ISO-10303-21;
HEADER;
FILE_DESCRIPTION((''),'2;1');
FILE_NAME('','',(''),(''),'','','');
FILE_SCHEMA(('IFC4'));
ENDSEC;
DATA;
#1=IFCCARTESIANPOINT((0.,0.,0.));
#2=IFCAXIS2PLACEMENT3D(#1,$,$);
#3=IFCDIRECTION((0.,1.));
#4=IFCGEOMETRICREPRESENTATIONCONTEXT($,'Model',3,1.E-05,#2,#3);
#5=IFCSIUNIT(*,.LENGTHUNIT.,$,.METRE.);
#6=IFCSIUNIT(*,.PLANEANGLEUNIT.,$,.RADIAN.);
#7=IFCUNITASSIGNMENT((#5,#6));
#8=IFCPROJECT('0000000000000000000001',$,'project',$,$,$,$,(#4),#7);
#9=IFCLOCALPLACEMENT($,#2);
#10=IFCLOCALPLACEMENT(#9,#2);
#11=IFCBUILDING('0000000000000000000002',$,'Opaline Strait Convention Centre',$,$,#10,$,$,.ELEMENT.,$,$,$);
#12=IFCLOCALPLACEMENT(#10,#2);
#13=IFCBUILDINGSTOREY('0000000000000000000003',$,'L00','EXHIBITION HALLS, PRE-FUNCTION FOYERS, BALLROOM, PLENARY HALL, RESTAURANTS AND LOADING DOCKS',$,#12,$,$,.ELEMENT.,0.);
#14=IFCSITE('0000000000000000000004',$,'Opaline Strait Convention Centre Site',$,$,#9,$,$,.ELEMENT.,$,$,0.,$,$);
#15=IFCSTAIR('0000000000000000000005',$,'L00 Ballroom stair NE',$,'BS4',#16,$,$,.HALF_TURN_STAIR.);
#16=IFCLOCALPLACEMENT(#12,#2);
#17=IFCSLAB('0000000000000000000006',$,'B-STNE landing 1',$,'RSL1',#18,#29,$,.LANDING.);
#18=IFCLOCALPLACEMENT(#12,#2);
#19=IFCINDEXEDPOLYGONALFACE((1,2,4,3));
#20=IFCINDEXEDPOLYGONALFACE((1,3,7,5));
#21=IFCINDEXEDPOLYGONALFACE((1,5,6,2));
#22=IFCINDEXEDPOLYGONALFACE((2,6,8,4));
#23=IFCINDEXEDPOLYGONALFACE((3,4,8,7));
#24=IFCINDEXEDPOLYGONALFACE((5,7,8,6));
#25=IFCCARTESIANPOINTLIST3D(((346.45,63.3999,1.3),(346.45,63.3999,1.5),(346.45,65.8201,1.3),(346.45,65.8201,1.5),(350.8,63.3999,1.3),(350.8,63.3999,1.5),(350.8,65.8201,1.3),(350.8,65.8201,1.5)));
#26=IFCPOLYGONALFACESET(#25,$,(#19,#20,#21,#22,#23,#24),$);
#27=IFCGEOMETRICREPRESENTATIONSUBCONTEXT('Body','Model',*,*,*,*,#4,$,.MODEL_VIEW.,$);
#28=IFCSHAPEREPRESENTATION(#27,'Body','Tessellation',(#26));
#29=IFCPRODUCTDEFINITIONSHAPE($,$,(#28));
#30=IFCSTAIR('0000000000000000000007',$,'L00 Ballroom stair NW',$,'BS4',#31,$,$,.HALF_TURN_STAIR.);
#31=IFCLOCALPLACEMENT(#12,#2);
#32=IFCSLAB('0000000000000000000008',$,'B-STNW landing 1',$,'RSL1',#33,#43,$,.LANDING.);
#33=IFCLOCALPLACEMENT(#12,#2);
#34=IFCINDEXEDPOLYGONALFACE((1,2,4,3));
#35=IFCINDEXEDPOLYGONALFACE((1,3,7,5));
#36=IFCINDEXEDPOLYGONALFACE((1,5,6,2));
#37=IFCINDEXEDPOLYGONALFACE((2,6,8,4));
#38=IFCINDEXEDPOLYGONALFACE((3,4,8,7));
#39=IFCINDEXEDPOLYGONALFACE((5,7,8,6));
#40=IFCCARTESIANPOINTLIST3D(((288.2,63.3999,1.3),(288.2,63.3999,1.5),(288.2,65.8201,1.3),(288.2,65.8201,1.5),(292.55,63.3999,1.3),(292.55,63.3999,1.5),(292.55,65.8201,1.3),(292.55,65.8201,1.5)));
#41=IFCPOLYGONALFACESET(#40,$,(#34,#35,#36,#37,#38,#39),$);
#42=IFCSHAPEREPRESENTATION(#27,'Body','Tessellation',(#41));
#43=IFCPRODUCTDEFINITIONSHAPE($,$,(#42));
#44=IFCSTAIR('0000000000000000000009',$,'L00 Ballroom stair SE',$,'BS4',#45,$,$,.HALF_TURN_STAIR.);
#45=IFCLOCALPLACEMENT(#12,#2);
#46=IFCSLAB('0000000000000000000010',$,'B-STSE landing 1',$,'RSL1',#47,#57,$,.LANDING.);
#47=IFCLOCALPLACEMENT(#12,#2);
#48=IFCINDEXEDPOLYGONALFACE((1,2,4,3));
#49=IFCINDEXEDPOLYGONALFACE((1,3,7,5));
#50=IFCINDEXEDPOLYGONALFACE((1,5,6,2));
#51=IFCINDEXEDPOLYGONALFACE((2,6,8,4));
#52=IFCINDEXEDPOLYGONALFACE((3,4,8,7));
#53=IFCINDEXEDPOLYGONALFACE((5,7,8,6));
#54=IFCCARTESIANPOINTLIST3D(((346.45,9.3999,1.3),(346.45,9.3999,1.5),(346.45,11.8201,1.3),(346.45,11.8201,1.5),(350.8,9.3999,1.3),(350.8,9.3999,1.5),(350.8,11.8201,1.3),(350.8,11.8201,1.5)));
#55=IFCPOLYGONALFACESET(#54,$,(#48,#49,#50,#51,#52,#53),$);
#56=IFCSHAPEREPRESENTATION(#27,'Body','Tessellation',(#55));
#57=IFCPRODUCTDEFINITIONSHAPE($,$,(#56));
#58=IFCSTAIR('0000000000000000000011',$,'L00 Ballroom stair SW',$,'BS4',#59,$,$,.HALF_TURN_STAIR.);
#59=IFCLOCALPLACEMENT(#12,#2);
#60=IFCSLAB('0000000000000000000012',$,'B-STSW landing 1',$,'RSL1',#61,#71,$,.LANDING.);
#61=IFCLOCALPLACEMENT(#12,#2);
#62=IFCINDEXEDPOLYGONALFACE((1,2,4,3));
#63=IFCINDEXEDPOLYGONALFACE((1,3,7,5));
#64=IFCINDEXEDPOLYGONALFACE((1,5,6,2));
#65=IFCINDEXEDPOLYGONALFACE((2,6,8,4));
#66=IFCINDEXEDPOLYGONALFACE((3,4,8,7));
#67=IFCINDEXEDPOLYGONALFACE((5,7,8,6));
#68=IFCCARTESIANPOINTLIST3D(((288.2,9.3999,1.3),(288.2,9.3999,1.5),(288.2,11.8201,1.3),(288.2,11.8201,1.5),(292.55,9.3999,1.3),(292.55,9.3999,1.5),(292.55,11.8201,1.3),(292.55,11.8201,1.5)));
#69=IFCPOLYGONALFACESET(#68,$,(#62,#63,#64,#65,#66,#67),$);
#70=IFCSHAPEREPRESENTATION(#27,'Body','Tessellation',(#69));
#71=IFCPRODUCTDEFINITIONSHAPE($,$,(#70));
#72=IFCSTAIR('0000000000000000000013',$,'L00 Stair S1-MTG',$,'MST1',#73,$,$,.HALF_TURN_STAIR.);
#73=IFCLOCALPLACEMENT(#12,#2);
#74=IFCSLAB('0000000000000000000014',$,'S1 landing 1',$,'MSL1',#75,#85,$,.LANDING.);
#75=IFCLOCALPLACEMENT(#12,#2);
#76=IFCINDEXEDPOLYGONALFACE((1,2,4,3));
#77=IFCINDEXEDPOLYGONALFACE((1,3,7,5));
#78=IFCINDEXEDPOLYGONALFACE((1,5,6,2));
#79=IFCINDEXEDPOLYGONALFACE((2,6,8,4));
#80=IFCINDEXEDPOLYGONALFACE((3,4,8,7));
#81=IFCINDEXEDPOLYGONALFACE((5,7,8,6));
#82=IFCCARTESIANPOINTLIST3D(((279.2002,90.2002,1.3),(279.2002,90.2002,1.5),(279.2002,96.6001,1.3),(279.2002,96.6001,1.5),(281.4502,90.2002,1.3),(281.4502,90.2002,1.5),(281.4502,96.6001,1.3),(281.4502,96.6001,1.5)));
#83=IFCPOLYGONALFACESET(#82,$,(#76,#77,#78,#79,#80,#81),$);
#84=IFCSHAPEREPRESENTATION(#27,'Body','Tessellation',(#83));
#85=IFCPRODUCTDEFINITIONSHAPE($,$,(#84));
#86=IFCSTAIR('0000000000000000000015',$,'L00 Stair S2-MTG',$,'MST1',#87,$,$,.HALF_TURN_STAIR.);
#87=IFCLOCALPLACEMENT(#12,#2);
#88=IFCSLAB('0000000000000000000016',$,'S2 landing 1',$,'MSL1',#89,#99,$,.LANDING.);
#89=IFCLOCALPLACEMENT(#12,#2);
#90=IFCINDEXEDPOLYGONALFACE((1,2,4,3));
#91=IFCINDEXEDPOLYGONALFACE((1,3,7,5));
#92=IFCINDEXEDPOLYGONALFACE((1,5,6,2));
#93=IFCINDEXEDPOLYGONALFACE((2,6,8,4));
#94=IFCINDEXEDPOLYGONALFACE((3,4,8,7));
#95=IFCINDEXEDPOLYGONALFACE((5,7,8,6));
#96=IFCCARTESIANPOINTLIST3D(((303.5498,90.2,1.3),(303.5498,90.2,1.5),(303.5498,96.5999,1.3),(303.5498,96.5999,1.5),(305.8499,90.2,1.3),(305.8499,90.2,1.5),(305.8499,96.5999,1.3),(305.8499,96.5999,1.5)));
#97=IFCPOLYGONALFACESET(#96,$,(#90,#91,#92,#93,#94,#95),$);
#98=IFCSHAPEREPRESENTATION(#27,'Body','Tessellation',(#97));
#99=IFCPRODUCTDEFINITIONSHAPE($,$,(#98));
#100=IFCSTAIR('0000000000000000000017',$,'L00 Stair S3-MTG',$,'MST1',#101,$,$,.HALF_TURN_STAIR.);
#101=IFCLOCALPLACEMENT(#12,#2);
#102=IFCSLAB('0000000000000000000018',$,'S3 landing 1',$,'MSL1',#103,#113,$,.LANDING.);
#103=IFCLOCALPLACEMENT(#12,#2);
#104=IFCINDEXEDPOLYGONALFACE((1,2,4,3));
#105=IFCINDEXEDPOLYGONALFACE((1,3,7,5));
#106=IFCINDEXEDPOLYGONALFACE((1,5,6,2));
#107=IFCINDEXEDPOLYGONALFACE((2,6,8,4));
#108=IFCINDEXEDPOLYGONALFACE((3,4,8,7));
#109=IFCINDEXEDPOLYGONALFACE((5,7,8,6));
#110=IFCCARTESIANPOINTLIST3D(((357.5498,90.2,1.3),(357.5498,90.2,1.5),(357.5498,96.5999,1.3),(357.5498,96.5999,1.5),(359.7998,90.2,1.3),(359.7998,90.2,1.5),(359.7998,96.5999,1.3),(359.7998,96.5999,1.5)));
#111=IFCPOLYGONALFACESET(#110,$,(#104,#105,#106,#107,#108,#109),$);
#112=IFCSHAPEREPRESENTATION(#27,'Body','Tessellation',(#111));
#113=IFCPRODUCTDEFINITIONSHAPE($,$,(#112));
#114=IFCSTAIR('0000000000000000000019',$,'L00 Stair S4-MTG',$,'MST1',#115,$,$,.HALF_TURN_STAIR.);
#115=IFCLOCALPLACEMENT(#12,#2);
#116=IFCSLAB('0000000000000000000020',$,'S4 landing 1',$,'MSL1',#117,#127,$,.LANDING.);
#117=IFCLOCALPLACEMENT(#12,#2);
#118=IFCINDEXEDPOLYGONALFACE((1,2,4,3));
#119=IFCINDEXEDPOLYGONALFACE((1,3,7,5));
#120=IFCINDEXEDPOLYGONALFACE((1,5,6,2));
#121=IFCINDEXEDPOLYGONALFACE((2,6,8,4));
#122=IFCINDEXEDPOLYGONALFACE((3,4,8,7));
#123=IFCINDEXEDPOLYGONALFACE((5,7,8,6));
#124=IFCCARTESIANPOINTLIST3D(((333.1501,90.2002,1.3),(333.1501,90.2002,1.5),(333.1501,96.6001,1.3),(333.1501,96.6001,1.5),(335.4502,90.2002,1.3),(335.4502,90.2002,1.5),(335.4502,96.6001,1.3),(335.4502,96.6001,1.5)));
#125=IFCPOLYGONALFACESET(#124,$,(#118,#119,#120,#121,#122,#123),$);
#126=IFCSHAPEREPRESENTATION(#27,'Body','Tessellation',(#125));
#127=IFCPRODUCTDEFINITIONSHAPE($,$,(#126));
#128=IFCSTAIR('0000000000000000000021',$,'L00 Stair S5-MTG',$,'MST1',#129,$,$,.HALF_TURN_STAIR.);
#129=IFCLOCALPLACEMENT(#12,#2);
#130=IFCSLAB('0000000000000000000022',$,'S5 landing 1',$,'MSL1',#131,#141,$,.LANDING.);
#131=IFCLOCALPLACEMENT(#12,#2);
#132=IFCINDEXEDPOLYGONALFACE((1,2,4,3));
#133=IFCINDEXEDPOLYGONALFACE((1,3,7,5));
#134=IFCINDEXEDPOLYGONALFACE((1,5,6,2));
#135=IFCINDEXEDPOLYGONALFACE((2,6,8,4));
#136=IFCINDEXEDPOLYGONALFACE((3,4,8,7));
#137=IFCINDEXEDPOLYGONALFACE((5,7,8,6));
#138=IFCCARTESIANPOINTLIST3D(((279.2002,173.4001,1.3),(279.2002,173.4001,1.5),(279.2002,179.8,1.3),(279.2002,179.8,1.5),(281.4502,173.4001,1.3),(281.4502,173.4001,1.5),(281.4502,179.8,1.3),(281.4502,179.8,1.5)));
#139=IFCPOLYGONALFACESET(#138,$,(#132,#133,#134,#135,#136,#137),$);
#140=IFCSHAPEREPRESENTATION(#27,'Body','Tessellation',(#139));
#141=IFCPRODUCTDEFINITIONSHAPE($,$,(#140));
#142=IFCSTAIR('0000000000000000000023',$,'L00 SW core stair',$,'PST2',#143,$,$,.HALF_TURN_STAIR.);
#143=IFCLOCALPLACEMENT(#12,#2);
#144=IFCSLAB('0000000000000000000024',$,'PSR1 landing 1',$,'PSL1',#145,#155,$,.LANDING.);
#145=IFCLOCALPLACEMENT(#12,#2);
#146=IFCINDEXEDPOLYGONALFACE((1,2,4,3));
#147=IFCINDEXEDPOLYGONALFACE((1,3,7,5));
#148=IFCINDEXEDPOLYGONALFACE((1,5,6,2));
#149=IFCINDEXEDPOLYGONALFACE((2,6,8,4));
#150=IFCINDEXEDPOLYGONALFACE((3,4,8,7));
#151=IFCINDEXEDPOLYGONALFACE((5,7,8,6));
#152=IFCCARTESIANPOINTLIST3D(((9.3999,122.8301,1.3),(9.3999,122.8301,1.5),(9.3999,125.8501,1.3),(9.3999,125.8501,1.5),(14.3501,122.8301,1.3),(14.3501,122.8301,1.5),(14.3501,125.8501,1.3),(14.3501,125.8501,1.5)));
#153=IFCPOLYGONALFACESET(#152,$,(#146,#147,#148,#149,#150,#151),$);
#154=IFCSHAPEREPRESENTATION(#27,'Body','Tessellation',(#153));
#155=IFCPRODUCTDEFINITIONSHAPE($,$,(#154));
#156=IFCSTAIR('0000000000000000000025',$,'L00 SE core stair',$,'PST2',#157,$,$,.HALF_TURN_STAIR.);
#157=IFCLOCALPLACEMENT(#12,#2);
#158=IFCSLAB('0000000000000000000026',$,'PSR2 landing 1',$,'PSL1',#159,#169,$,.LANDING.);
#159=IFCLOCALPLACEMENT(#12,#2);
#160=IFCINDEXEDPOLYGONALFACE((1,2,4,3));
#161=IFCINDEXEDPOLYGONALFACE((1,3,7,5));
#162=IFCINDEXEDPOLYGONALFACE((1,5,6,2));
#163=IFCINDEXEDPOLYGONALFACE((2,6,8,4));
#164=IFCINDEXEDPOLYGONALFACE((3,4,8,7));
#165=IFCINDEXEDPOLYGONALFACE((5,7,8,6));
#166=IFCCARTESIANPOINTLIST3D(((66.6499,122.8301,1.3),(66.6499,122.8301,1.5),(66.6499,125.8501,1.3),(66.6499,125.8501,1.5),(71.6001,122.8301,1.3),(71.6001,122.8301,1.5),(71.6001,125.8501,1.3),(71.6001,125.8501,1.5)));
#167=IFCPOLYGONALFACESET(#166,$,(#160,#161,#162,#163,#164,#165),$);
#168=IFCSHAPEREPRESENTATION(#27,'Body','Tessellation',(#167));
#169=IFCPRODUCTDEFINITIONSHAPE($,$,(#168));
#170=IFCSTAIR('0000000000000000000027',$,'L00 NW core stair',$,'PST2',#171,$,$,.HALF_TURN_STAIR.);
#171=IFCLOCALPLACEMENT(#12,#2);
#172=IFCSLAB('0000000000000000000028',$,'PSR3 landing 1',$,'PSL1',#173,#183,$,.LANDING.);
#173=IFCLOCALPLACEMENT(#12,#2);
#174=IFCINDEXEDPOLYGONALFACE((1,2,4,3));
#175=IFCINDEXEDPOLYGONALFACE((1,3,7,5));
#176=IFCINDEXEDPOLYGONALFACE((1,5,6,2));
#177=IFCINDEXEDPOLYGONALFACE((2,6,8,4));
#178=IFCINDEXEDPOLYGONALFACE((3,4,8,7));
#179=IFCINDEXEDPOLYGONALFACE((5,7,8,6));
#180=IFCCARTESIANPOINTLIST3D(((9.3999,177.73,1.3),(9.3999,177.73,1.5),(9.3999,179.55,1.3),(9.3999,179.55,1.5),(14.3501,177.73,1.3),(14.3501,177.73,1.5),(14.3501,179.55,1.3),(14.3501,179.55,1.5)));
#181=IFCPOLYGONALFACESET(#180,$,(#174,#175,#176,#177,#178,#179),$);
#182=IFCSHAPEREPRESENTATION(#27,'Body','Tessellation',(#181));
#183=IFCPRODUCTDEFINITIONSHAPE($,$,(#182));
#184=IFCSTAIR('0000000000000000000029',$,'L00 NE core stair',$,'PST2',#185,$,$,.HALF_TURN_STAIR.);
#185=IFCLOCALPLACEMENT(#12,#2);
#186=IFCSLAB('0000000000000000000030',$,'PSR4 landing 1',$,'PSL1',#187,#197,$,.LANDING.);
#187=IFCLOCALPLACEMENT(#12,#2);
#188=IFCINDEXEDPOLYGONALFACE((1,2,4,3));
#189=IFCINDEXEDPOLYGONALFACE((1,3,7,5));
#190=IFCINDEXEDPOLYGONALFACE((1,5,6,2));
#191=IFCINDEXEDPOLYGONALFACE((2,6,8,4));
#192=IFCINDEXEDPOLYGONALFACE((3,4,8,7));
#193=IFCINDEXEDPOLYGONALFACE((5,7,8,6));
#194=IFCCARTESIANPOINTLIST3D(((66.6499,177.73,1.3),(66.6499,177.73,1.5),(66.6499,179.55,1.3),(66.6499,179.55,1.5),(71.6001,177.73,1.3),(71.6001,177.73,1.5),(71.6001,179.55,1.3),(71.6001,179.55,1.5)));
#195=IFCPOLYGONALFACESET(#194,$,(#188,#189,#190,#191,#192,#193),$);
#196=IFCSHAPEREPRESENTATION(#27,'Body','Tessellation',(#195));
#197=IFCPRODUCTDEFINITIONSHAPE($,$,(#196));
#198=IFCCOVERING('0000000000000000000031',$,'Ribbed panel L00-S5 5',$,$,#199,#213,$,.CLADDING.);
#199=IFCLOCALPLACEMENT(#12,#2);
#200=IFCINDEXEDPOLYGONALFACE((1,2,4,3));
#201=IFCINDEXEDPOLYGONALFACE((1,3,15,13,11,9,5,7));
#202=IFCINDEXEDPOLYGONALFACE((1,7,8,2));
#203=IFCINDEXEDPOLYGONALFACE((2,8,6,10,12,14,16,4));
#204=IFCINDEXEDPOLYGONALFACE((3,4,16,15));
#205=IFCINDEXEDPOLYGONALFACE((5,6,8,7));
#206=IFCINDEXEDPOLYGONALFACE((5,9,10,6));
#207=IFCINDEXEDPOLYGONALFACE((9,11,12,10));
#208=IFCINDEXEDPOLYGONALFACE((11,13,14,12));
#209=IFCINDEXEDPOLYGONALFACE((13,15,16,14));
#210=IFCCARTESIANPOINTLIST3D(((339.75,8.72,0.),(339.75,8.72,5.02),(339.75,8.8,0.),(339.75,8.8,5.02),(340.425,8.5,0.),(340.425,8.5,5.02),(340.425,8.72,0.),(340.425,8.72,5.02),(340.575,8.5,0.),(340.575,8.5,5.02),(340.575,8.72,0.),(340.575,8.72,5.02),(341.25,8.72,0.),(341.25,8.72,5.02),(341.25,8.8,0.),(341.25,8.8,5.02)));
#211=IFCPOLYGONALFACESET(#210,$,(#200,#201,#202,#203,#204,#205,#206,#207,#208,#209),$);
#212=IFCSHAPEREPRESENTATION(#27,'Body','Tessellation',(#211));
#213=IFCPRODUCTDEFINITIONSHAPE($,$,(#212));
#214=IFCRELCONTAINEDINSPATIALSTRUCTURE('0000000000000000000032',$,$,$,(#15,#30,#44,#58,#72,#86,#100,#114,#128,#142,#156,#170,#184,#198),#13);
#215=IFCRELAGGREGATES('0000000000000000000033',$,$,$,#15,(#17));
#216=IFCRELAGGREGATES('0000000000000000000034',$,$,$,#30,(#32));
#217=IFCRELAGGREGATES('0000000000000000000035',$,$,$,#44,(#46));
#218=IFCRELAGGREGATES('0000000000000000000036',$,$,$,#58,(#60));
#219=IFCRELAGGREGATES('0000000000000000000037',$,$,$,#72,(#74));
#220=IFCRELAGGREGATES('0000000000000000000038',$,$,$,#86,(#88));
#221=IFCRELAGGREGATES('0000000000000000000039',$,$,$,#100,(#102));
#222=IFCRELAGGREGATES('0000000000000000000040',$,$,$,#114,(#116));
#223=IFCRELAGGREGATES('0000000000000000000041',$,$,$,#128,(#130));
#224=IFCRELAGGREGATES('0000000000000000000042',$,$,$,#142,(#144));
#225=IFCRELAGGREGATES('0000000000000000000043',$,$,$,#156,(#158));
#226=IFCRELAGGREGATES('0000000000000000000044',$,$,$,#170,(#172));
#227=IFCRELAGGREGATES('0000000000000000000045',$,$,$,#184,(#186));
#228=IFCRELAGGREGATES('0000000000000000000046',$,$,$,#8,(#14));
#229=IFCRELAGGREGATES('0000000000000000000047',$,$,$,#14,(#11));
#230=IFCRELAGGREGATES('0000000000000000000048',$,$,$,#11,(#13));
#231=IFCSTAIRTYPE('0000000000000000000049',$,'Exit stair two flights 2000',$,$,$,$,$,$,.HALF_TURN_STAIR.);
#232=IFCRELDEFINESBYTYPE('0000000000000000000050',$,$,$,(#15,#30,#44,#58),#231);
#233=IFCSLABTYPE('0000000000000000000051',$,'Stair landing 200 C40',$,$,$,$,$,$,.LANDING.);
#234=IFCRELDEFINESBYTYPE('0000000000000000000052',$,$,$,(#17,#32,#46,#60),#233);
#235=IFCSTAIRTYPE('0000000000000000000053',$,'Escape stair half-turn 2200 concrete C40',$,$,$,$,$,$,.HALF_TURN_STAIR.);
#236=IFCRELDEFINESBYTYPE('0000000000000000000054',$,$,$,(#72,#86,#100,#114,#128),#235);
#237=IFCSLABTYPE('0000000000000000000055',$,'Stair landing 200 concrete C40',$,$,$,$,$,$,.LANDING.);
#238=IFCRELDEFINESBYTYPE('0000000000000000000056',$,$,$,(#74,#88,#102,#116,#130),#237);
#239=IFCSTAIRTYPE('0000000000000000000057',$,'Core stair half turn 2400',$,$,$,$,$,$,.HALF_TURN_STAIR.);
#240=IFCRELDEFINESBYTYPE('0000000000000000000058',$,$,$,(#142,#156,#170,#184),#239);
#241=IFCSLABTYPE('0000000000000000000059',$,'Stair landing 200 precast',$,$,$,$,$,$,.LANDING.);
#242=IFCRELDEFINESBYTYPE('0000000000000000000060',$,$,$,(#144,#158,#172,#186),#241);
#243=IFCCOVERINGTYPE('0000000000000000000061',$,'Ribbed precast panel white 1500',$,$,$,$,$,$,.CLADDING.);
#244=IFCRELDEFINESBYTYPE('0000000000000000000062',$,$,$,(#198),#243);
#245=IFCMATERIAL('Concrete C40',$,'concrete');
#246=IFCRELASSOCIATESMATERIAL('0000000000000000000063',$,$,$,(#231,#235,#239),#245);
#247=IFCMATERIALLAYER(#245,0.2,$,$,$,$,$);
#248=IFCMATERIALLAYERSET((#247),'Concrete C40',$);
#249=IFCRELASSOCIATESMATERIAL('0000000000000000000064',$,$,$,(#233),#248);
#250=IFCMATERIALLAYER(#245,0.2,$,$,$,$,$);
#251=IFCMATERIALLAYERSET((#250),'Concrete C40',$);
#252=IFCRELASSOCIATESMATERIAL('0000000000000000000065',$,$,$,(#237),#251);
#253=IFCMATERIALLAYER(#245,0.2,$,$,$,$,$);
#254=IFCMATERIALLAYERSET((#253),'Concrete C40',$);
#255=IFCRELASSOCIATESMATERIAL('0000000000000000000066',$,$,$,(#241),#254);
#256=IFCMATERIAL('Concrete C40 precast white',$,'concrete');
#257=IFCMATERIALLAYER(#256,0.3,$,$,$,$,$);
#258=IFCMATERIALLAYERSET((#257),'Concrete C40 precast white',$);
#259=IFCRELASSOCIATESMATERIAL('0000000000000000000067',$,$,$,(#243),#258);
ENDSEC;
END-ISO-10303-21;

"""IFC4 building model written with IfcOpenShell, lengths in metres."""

from ifc_helpers import new_model, si_unit, direction, frame, origin, place, context, subcontext, project, spatial, polyline, outline, extrude, material, layer, layer_set, type_object, element, aggregate, save


model = new_model("IFC4")

# Units and contexts
model_context = context("Model", 3, precision=1e-05, world=origin(), true_north=direction((0.0, 1.0)))
body_context = subcontext(model_context, "Body", "Model", "MODEL_VIEW")
ifc_project = project(units=[si_unit("LENGTHUNIT", "METRE"), si_unit("PLANEANGLEUNIT", "RADIAN")], contexts=[model_context])

# Site, building, storey
site_placement = place(None, origin())
site = spatial("IfcSite", under=ifc_project, at=site_placement, Name="Opaline Strait Convention Centre Site", CompositionType="ELEMENT", RefElevation=0.0)
building_placement = place(site_placement, origin())
building = spatial("IfcBuilding", under=site, at=building_placement, Name="Opaline Strait Convention Centre", CompositionType="ELEMENT")
storey_placement = place(building_placement, origin())
storey = spatial("IfcBuildingStorey", under=building, at=storey_placement, Name="L00", Description="EXHIBITION HALLS, PRE-FUNCTION FOYERS, BALLROOM, PLENARY HALL, RESTAURANTS AND LOADING DOCKS", CompositionType="ELEMENT", Elevation=0.0)

# Stairs, slabs
ifc_material_1 = material(Name="Concrete C40", Category="concrete")
stair_type_1 = type_object("IfcStairType", Name="Exit stair two flights 2000", PredefinedType="HALF_TURN_STAIR", material=ifc_material_1)
stair_1_placement = place(storey_placement, origin())
stair_1 = element("IfcStair", 1, at=stair_1_placement, inside=storey, type_object=stair_type_1, Name="L00 Ballroom stair NE", ObjectType="BS4", PredefinedType="HALF_TURN_STAIR")
ifc_layer_1 = layer(ifc_material_1, 0.2)
ifc_layer_set_1 = layer_set([ifc_layer_1], Name="Concrete C40")
slab_type_1 = type_object("IfcSlabType", Name="Stair landing 200 C40", PredefinedType="LANDING", material=ifc_layer_set_1)
slab_1_placement = place(storey_placement, frame((0.0, 0.0, 1.3)))
slab_1 = element("IfcSlab", 2, at=slab_1_placement, type_object=slab_type_1, Name="B-STNE landing 1", ObjectType="RSL1", PredefinedType="LANDING", context=body_context, shape_type="SweptSolid", body=[
    extrude(outline(polyline([(346.45, 65.8201), (346.45, 63.3999), (350.8, 63.3999), (350.8, 65.8201), (346.45, 65.8201)])), origin(), (0.0, 0.0, 1.0), 0.2),
])
aggregate(stair_1, [slab_1])
stair_2_placement = place(storey_placement, origin())
stair_2 = element("IfcStair", 3, at=stair_2_placement, inside=storey, type_object=stair_type_1, Name="L00 Ballroom stair NW", ObjectType="BS4", PredefinedType="HALF_TURN_STAIR")
slab_2_placement = place(storey_placement, frame((0.0, 0.0, 1.3)))
slab_2 = element("IfcSlab", 4, at=slab_2_placement, type_object=slab_type_1, Name="B-STNW landing 1", ObjectType="RSL1", PredefinedType="LANDING", context=body_context, shape_type="SweptSolid", body=[
    extrude(outline(polyline([(288.2, 65.8201), (288.2, 63.3999), (292.55, 63.3999), (292.55, 65.8201), (288.2, 65.8201)])), origin(), (0.0, 0.0, 1.0), 0.2),
])
aggregate(stair_2, [slab_2])
stair_3_placement = place(storey_placement, origin())
stair_3 = element("IfcStair", 5, at=stair_3_placement, inside=storey, type_object=stair_type_1, Name="L00 Ballroom stair SE", ObjectType="BS4", PredefinedType="HALF_TURN_STAIR")
slab_3_placement = place(storey_placement, frame((0.0, 0.0, 1.3)))
slab_3 = element("IfcSlab", 6, at=slab_3_placement, type_object=slab_type_1, Name="B-STSE landing 1", ObjectType="RSL1", PredefinedType="LANDING", context=body_context, shape_type="SweptSolid", body=[
    extrude(outline(polyline([(346.45, 11.8201), (346.45, 9.3999), (350.8, 9.3999), (350.8, 11.8201), (346.45, 11.8201)])), origin(), (0.0, 0.0, 1.0), 0.2),
])
aggregate(stair_3, [slab_3])
stair_4_placement = place(storey_placement, origin())
stair_4 = element("IfcStair", 7, at=stair_4_placement, inside=storey, type_object=stair_type_1, Name="L00 Ballroom stair SW", ObjectType="BS4", PredefinedType="HALF_TURN_STAIR")
slab_4_placement = place(storey_placement, frame((0.0, 0.0, 1.3)))
slab_4 = element("IfcSlab", 8, at=slab_4_placement, type_object=slab_type_1, Name="B-STSW landing 1", ObjectType="RSL1", PredefinedType="LANDING", context=body_context, shape_type="SweptSolid", body=[
    extrude(outline(polyline([(288.2, 11.8201), (288.2, 9.3999), (292.55, 9.3999), (292.55, 11.8201), (288.2, 11.8201)])), origin(), (0.0, 0.0, 1.0), 0.2),
])
aggregate(stair_4, [slab_4])
stair_type_2 = type_object("IfcStairType", Name="Escape stair half-turn 2200 concrete C40", PredefinedType="HALF_TURN_STAIR", material=ifc_material_1)
stair_5_placement = place(storey_placement, origin())
stair_5 = element("IfcStair", 9, at=stair_5_placement, inside=storey, type_object=stair_type_2, Name="L00 Stair S1-MTG", ObjectType="MST1", PredefinedType="HALF_TURN_STAIR")
ifc_layer_2 = layer(ifc_material_1, 0.2)
ifc_layer_set_2 = layer_set([ifc_layer_2], Name="Concrete C40")
slab_type_2 = type_object("IfcSlabType", Name="Stair landing 200 concrete C40", PredefinedType="LANDING", material=ifc_layer_set_2)
slab_5_placement = place(storey_placement, frame((0.0, 0.0, 1.3)))
slab_5 = element("IfcSlab", 10, at=slab_5_placement, type_object=slab_type_2, Name="S1 landing 1", ObjectType="MSL1", PredefinedType="LANDING", context=body_context, shape_type="SweptSolid", body=[
    extrude(outline(polyline([(281.4502, 96.6001), (279.2002, 96.6001), (279.2002, 90.2002), (281.4502, 90.2002), (281.4502, 96.6001)])), origin(), (0.0, 0.0, 1.0), 0.2),
])
aggregate(stair_5, [slab_5])
stair_6_placement = place(storey_placement, origin())
stair_6 = element("IfcStair", 11, at=stair_6_placement, inside=storey, type_object=stair_type_2, Name="L00 Stair S2-MTG", ObjectType="MST1", PredefinedType="HALF_TURN_STAIR")
slab_6_placement = place(storey_placement, frame((0.0, 0.0, 1.3)))
slab_6 = element("IfcSlab", 12, at=slab_6_placement, type_object=slab_type_2, Name="S2 landing 1", ObjectType="MSL1", PredefinedType="LANDING", context=body_context, shape_type="SweptSolid", body=[
    extrude(outline(polyline([(303.5498, 90.2), (305.8499, 90.2), (305.8499, 96.5999), (303.5498, 96.5999), (303.5498, 90.2)])), origin(), (0.0, 0.0, 1.0), 0.2),
])
aggregate(stair_6, [slab_6])
stair_7_placement = place(storey_placement, origin())
stair_7 = element("IfcStair", 13, at=stair_7_placement, inside=storey, type_object=stair_type_2, Name="L00 Stair S3-MTG", ObjectType="MST1", PredefinedType="HALF_TURN_STAIR")
slab_7_placement = place(storey_placement, frame((0.0, 0.0, 1.3)))
slab_7 = element("IfcSlab", 14, at=slab_7_placement, type_object=slab_type_2, Name="S3 landing 1", ObjectType="MSL1", PredefinedType="LANDING", context=body_context, shape_type="SweptSolid", body=[
    extrude(outline(polyline([(357.5498, 90.2), (359.7998, 90.2), (359.7998, 96.5999), (357.5498, 96.5999), (357.5498, 90.2)])), origin(), (0.0, 0.0, 1.0), 0.2),
])
aggregate(stair_7, [slab_7])
stair_8_placement = place(storey_placement, origin())
stair_8 = element("IfcStair", 15, at=stair_8_placement, inside=storey, type_object=stair_type_2, Name="L00 Stair S4-MTG", ObjectType="MST1", PredefinedType="HALF_TURN_STAIR")
slab_8_placement = place(storey_placement, frame((0.0, 0.0, 1.3)))
slab_8 = element("IfcSlab", 16, at=slab_8_placement, type_object=slab_type_2, Name="S4 landing 1", ObjectType="MSL1", PredefinedType="LANDING", context=body_context, shape_type="SweptSolid", body=[
    extrude(outline(polyline([(335.4502, 96.6001), (333.1501, 96.6001), (333.1501, 90.2002), (335.4502, 90.2002), (335.4502, 96.6001)])), origin(), (0.0, 0.0, 1.0), 0.2),
])
aggregate(stair_8, [slab_8])
stair_9_placement = place(storey_placement, origin())
stair_9 = element("IfcStair", 17, at=stair_9_placement, inside=storey, type_object=stair_type_2, Name="L00 Stair S5-MTG", ObjectType="MST1", PredefinedType="HALF_TURN_STAIR")
slab_9_placement = place(storey_placement, frame((0.0, 0.0, 1.3)))
slab_9 = element("IfcSlab", 18, at=slab_9_placement, type_object=slab_type_2, Name="S5 landing 1", ObjectType="MSL1", PredefinedType="LANDING", context=body_context, shape_type="SweptSolid", body=[
    extrude(outline(polyline([(281.4502, 179.8), (279.2002, 179.8), (279.2002, 173.4001), (281.4502, 173.4001), (281.4502, 179.8)])), origin(), (0.0, 0.0, 1.0), 0.2),
])
aggregate(stair_9, [slab_9])
stair_type_3 = type_object("IfcStairType", Name="Core stair half turn 2400", PredefinedType="HALF_TURN_STAIR", material=ifc_material_1)
stair_10_placement = place(storey_placement, origin())
stair_10 = element("IfcStair", 19, at=stair_10_placement, inside=storey, type_object=stair_type_3, Name="L00 SW core stair", ObjectType="PST2", PredefinedType="HALF_TURN_STAIR")
ifc_layer_3 = layer(ifc_material_1, 0.2)
ifc_layer_set_3 = layer_set([ifc_layer_3], Name="Concrete C40")
slab_type_3 = type_object("IfcSlabType", Name="Stair landing 200 precast", PredefinedType="LANDING", material=ifc_layer_set_3)
slab_10_placement = place(storey_placement, frame((0.0, 0.0, 1.3)))
slab_10 = element("IfcSlab", 20, at=slab_10_placement, type_object=slab_type_3, Name="PSR1 landing 1", ObjectType="PSL1", PredefinedType="LANDING", context=body_context, shape_type="SweptSolid", body=[
    extrude(outline(polyline([(14.3501, 122.8301), (14.3501, 125.8501), (9.3999, 125.8501), (9.3999, 122.8301), (14.3501, 122.8301)])), origin(), (0.0, 0.0, 1.0), 0.2),
])
aggregate(stair_10, [slab_10])
stair_11_placement = place(storey_placement, origin())
stair_11 = element("IfcStair", 21, at=stair_11_placement, inside=storey, type_object=stair_type_3, Name="L00 SE core stair", ObjectType="PST2", PredefinedType="HALF_TURN_STAIR")
slab_11_placement = place(storey_placement, frame((0.0, 0.0, 1.3)))
slab_11 = element("IfcSlab", 22, at=slab_11_placement, type_object=slab_type_3, Name="PSR2 landing 1", ObjectType="PSL1", PredefinedType="LANDING", context=body_context, shape_type="SweptSolid", body=[
    extrude(outline(polyline([(71.6001, 122.8301), (71.6001, 125.8501), (66.6499, 125.8501), (66.6499, 122.8301), (71.6001, 122.8301)])), origin(), (0.0, 0.0, 1.0), 0.2),
])
aggregate(stair_11, [slab_11])
stair_12_placement = place(storey_placement, origin())
stair_12 = element("IfcStair", 23, at=stair_12_placement, inside=storey, type_object=stair_type_3, Name="L00 NW core stair", ObjectType="PST2", PredefinedType="HALF_TURN_STAIR")
slab_12_placement = place(storey_placement, frame((0.0, 0.0, 1.3)))
slab_12 = element("IfcSlab", 24, at=slab_12_placement, type_object=slab_type_3, Name="PSR3 landing 1", ObjectType="PSL1", PredefinedType="LANDING", context=body_context, shape_type="SweptSolid", body=[
    extrude(outline(polyline([(14.3501, 177.73), (14.3501, 179.55), (9.3999, 179.55), (9.3999, 177.73), (14.3501, 177.73)])), origin(), (0.0, 0.0, 1.0), 0.2),
])
aggregate(stair_12, [slab_12])
stair_13_placement = place(storey_placement, origin())
stair_13 = element("IfcStair", 25, at=stair_13_placement, inside=storey, type_object=stair_type_3, Name="L00 NE core stair", ObjectType="PST2", PredefinedType="HALF_TURN_STAIR")
slab_13_placement = place(storey_placement, frame((0.0, 0.0, 1.3)))
slab_13 = element("IfcSlab", 26, at=slab_13_placement, type_object=slab_type_3, Name="PSR4 landing 1", ObjectType="PSL1", PredefinedType="LANDING", context=body_context, shape_type="SweptSolid", body=[
    extrude(outline(polyline([(71.6001, 177.73), (71.6001, 179.55), (66.6499, 179.55), (66.6499, 177.73), (71.6001, 177.73)])), origin(), (0.0, 0.0, 1.0), 0.2),
])
aggregate(stair_13, [slab_13])

# Covering
ifc_material_2 = material(Name="Concrete C40 precast white", Category="concrete")
ifc_layer_4 = layer(ifc_material_2, 0.3)
ifc_layer_set_4 = layer_set([ifc_layer_4], Name="Concrete C40 precast white")
covering_type = type_object("IfcCoveringType", Name="Ribbed precast panel white 1500", PredefinedType="CLADDING", material=ifc_layer_set_4)
covering_1_placement = place(storey_placement, origin())
element("IfcCovering", 27, at=covering_1_placement, inside=storey, type_object=covering_type, Name="Ribbed panel L00-S5 5", PredefinedType="CLADDING", context=body_context, shape_type="SweptSolid", body=[
    extrude(outline(polyline([(339.75, 8.8), (341.25, 8.8), (341.25, 8.72), (340.575, 8.72), (340.575, 8.5), (340.425, 8.5), (340.425, 8.72), (339.75, 8.72), (339.75, 8.8)])), origin(), (0.0, 0.0, 1.0), 5.02),
])

save(model, "model.ifc")
